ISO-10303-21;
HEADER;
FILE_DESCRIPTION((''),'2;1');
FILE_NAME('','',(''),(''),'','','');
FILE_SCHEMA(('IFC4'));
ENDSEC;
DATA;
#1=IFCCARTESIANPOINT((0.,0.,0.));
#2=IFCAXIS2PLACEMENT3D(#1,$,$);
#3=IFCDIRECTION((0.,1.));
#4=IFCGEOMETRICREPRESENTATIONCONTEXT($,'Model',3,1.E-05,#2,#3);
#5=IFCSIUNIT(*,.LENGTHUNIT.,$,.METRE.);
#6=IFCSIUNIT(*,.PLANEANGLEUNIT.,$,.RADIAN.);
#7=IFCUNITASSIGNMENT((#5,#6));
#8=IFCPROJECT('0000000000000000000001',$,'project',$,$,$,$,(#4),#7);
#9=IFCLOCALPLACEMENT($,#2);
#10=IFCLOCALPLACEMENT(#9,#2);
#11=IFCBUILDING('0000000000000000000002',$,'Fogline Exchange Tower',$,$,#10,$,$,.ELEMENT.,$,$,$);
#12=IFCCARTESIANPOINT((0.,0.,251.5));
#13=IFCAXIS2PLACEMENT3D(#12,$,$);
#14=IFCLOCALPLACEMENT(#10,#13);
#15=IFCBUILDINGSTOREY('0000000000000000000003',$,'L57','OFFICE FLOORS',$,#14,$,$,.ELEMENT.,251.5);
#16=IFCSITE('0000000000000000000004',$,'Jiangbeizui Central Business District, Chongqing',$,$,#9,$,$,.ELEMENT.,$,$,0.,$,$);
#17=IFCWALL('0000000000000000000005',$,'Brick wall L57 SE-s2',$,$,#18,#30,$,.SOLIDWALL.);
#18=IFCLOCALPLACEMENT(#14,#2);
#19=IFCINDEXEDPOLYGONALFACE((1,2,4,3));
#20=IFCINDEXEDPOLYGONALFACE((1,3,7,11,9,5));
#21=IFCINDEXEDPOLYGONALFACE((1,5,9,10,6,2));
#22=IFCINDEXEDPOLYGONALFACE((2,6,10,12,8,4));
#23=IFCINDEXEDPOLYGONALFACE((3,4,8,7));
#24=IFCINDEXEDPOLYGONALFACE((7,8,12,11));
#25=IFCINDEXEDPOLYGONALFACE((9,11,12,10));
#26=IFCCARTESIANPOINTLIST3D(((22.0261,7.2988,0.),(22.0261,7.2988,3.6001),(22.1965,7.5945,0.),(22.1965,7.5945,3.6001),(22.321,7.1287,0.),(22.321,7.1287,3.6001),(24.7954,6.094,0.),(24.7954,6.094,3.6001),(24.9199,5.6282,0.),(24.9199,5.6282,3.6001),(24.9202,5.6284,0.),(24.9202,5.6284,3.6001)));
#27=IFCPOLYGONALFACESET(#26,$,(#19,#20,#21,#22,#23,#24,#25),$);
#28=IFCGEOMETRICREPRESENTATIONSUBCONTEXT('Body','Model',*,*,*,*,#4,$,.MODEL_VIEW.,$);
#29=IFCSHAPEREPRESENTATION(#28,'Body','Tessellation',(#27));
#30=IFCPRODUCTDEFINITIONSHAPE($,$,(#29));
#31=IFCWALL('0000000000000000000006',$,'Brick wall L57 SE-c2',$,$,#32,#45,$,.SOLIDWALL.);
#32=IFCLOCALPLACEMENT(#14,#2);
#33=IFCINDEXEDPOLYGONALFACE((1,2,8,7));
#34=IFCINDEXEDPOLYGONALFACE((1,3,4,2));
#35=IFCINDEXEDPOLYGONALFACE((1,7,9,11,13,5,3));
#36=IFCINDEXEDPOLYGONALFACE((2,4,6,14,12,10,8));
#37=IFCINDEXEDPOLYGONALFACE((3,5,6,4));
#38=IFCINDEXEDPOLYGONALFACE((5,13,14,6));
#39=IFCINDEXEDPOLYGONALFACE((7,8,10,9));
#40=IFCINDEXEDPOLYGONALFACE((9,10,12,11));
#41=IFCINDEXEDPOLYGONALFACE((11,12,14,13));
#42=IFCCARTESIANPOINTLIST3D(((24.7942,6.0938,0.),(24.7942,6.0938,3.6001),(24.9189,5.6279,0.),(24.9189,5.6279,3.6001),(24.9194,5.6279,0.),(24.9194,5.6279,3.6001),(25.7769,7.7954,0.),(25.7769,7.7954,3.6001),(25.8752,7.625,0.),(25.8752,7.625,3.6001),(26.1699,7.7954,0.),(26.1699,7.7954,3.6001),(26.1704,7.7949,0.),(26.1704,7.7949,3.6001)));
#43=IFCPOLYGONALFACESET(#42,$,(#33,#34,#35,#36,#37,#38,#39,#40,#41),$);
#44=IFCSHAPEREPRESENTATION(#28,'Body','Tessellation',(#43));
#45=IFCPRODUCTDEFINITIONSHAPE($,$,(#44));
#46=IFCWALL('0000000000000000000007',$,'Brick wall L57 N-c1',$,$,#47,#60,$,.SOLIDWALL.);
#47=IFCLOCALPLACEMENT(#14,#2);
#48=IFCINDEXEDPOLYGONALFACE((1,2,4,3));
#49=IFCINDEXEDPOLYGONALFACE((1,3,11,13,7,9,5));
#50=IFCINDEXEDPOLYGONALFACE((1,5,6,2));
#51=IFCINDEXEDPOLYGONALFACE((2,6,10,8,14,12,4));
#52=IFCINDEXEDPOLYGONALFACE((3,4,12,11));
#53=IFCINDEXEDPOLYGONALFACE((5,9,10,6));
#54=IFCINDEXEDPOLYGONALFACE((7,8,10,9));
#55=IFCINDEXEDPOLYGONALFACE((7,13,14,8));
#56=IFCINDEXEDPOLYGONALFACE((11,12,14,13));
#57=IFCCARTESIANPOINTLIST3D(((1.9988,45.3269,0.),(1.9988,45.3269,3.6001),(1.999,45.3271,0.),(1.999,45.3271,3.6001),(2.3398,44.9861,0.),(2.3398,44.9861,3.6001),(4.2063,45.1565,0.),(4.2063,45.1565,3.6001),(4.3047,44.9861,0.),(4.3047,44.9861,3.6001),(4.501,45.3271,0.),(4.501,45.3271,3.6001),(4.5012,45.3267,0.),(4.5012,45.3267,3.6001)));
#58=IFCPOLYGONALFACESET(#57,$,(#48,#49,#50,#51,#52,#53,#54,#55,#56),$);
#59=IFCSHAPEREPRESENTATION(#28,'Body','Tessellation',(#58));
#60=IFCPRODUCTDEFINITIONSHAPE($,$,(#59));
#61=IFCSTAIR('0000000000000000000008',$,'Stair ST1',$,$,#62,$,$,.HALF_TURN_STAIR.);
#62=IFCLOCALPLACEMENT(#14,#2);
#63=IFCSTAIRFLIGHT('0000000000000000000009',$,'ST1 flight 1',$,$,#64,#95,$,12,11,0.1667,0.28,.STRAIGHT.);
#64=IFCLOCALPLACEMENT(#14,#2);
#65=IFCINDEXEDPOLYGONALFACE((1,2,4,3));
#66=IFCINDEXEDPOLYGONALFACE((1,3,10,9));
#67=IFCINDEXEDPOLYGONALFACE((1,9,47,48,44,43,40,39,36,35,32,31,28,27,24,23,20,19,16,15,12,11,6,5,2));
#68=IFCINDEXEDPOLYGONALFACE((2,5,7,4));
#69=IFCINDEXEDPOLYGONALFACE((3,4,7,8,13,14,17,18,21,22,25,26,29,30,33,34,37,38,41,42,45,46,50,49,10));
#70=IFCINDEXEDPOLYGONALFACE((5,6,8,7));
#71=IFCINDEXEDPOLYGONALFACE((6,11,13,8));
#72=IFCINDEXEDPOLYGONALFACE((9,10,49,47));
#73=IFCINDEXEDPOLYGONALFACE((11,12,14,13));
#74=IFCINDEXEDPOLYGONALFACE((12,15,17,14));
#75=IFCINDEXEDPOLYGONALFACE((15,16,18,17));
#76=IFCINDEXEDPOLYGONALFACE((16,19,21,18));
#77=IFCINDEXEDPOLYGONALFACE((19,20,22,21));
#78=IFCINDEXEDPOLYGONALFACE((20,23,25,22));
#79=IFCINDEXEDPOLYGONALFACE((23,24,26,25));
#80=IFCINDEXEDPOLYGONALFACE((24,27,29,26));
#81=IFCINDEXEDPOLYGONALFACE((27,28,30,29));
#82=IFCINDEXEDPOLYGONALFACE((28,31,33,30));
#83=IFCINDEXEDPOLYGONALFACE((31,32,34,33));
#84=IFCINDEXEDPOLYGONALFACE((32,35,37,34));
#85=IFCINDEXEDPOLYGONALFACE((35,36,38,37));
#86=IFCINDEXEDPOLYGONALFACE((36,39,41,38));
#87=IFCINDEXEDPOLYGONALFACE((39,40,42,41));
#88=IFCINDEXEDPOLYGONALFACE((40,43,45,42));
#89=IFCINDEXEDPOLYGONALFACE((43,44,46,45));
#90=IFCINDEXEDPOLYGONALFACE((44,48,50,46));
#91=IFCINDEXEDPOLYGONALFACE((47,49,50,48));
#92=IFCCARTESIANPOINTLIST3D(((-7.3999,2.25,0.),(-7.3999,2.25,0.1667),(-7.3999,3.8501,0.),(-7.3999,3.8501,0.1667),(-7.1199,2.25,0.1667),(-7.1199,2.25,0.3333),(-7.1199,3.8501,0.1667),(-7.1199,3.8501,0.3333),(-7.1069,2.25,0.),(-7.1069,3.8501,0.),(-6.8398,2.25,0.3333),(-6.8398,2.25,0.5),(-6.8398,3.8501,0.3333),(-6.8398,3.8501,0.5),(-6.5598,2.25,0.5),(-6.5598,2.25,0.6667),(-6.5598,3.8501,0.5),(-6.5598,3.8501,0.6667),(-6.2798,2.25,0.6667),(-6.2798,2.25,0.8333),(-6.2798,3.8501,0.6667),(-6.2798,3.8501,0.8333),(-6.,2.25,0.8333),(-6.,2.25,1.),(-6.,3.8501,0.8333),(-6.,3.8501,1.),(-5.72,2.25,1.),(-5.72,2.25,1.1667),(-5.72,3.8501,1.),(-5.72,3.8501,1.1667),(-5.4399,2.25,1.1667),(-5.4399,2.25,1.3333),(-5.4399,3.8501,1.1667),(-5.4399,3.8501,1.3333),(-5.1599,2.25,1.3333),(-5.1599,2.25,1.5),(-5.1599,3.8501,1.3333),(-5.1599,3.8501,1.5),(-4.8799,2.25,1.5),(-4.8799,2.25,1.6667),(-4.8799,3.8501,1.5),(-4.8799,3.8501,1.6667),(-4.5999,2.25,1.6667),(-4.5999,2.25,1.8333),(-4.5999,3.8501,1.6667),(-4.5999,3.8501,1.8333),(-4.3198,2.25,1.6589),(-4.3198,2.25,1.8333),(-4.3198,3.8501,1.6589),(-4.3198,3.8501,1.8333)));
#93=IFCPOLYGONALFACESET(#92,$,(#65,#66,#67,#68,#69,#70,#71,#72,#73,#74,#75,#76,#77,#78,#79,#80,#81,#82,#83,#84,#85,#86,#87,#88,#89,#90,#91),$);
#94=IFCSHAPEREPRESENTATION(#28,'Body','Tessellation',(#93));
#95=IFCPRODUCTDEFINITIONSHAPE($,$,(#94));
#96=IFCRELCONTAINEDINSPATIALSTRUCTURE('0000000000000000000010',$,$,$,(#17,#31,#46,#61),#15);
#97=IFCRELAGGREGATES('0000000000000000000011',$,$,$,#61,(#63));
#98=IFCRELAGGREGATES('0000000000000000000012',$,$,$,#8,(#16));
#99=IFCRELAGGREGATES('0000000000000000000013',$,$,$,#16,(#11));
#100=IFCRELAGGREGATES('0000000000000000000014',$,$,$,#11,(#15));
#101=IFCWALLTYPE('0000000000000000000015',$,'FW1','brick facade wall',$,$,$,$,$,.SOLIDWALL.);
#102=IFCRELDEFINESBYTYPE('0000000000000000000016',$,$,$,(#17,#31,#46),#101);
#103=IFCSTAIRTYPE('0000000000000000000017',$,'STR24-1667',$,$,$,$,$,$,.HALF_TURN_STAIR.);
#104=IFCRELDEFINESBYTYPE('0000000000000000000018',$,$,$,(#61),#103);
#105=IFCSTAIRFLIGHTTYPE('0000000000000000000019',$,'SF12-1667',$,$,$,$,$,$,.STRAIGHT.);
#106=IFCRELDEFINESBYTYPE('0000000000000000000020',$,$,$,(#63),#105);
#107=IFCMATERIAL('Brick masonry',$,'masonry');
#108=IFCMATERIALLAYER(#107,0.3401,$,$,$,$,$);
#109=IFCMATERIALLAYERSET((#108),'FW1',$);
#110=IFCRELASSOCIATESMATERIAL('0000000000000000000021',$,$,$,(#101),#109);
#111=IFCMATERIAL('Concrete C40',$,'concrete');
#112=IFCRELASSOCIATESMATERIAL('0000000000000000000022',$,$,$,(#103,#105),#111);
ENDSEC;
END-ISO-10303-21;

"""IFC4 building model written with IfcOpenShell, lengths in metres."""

from ifc_helpers import new_model, si_unit, direction, frame, origin, place, context, subcontext, project, spatial, polyline, outline, extrude, material, layer, layer_set, type_object, element, aggregate, save


model = new_model("IFC4")

# Units and contexts
model_context = context("Model", 3, precision=1e-05, world=origin(), true_north=direction((0.0, 1.0)))
body_context = subcontext(model_context, "Body", "Model", "MODEL_VIEW")
ifc_project = project(units=[si_unit("LENGTHUNIT", "METRE"), si_unit("PLANEANGLEUNIT", "RADIAN")], contexts=[model_context])

# Site, building, storey
site_placement = place(None, origin())
site = spatial("IfcSite", under=ifc_project, at=site_placement, Name="Jiangbeizui Central Business District, Chongqing", CompositionType="ELEMENT", RefElevation=0.0)
building_placement = place(site_placement, origin())
building = spatial("IfcBuilding", under=site, at=building_placement, Name="Fogline Exchange Tower", CompositionType="ELEMENT")
storey_placement = place(building_placement, frame((0.0, 0.0, 251.5)))
storey = spatial("IfcBuildingStorey", under=building, at=storey_placement, Name="L57", Description="OFFICE FLOORS", CompositionType="ELEMENT", Elevation=251.5)

# Shared definitions
ifc_material_1 = material(Name="Concrete C40", Category="concrete")

# Walls
ifc_material_2 = material(Name="Brick masonry", Category="masonry")
ifc_layer_1 = layer(ifc_material_2, 0.3401)
ifc_layer_set_1 = layer_set([ifc_layer_1], Name="FW1")
wall_type_1 = type_object("IfcWallType", Name="FW1", Description="brick facade wall", PredefinedType="SOLIDWALL", material=ifc_layer_set_1)
wall_1_placement = place(storey_placement, origin())
element("IfcWall", 1, at=wall_1_placement, inside=storey, type_object=wall_type_1, Name="Brick wall L57 SE-s2", PredefinedType="SOLIDWALL", context=body_context, shape_type="SweptSolid", body=[
    extrude(outline(polyline([(24.9199, 5.6282), (22.321, 7.1287), (22.0261, 7.2988), (22.1965, 7.5945), (24.7954, 6.094), (24.9202, 5.6284), (24.9199, 5.6282)])), origin(), (0.0, 0.0, 1.0), 3.6001),
])
wall_2_placement = place(storey_placement, origin())
element("IfcWall", 2, at=wall_2_placement, inside=storey, type_object=wall_type_1, Name="Brick wall L57 SE-c2", PredefinedType="SOLIDWALL", context=body_context, shape_type="SweptSolid", body=[
    extrude(outline(polyline([(25.7769, 7.7954), (25.8752, 7.625), (26.1699, 7.7954), (26.1704, 7.7949), (24.9194, 5.6279), (24.9189, 5.6279), (24.7942, 6.0938), (25.7769, 7.7954)])), origin(), (0.0, 0.0, 1.0), 3.6001),
])
wall_3_placement = place(storey_placement, origin())
element("IfcWall", 3, at=wall_3_placement, inside=storey, type_object=wall_type_1, Name="Brick wall L57 N-c1", PredefinedType="SOLIDWALL", context=body_context, shape_type="SweptSolid", body=[
    extrude(outline(polyline([(1.999, 45.3271), (4.501, 45.3271), (4.5012, 45.3267), (4.2063, 45.1565), (4.3047, 44.9861), (2.3398, 44.9861), (1.9988, 45.3269), (1.999, 45.3271)])), origin(), (0.0, 0.0, 1.0), 3.6001),
])

# Stair, stair flight
stair_type = type_object("IfcStairType", Name="STR24-1667", PredefinedType="HALF_TURN_STAIR", material=ifc_material_1)
stair_placement = place(storey_placement, origin())
stair = element("IfcStair", 4, at=stair_placement, inside=storey, type_object=stair_type, Name="Stair ST1", PredefinedType="HALF_TURN_STAIR")
stair_flight_type = type_object("IfcStairFlightType", Name="SF12-1667", PredefinedType="STRAIGHT", material=ifc_material_1)
stair_flight_placement = place(storey_placement, frame((-7.3999, 3.05, 0.0), z_axis=(0.0, 0.0, 1.0), x_axis=(1.0, 0.0, 0.0)))
stair_flight = element("IfcStairFlight", 5, at=stair_flight_placement, type_object=stair_flight_type, Name="ST1 flight 1", NumberOfRisers=12, NumberOfTreads=11, PredefinedType="STRAIGHT", RiserHeight=0.1667, TreadLength=0.28, context=body_context, shape_type="SweptSolid", body=[
    extrude(outline(polyline([(0.0, 0.0), (0.0, 0.1667), (0.28, 0.1667), (0.28, 0.3333), (0.5601, 0.3333), (0.5601, 0.5), (0.8401, 0.5), (0.8401, 0.6667), (1.1201, 0.6667), (1.1201, 0.8333), (1.3999, 0.8333), (1.3999, 1.0), (1.6799, 1.0), (1.6799, 1.1667), (1.96, 1.1667), (1.96, 1.3333), (2.24, 1.3333), (2.24, 1.5), (2.52, 1.5), (2.52, 1.6667), (2.8, 1.6667), (2.8, 1.8333), (3.0801, 1.8333), (3.0801, 2.0), (3.0801, 1.6589), (0.293, 0.0), (0.0, 0.0)])), frame((0.0, 0.8, 0.0), z_axis=(0.0, -1.0, 0.0), x_axis=(1.0, 0.0, 0.0)), (0.0, 0.0, 1.0), 1.6001),
])
aggregate(stair, [stair_flight])

save(model, "model.ifc")
